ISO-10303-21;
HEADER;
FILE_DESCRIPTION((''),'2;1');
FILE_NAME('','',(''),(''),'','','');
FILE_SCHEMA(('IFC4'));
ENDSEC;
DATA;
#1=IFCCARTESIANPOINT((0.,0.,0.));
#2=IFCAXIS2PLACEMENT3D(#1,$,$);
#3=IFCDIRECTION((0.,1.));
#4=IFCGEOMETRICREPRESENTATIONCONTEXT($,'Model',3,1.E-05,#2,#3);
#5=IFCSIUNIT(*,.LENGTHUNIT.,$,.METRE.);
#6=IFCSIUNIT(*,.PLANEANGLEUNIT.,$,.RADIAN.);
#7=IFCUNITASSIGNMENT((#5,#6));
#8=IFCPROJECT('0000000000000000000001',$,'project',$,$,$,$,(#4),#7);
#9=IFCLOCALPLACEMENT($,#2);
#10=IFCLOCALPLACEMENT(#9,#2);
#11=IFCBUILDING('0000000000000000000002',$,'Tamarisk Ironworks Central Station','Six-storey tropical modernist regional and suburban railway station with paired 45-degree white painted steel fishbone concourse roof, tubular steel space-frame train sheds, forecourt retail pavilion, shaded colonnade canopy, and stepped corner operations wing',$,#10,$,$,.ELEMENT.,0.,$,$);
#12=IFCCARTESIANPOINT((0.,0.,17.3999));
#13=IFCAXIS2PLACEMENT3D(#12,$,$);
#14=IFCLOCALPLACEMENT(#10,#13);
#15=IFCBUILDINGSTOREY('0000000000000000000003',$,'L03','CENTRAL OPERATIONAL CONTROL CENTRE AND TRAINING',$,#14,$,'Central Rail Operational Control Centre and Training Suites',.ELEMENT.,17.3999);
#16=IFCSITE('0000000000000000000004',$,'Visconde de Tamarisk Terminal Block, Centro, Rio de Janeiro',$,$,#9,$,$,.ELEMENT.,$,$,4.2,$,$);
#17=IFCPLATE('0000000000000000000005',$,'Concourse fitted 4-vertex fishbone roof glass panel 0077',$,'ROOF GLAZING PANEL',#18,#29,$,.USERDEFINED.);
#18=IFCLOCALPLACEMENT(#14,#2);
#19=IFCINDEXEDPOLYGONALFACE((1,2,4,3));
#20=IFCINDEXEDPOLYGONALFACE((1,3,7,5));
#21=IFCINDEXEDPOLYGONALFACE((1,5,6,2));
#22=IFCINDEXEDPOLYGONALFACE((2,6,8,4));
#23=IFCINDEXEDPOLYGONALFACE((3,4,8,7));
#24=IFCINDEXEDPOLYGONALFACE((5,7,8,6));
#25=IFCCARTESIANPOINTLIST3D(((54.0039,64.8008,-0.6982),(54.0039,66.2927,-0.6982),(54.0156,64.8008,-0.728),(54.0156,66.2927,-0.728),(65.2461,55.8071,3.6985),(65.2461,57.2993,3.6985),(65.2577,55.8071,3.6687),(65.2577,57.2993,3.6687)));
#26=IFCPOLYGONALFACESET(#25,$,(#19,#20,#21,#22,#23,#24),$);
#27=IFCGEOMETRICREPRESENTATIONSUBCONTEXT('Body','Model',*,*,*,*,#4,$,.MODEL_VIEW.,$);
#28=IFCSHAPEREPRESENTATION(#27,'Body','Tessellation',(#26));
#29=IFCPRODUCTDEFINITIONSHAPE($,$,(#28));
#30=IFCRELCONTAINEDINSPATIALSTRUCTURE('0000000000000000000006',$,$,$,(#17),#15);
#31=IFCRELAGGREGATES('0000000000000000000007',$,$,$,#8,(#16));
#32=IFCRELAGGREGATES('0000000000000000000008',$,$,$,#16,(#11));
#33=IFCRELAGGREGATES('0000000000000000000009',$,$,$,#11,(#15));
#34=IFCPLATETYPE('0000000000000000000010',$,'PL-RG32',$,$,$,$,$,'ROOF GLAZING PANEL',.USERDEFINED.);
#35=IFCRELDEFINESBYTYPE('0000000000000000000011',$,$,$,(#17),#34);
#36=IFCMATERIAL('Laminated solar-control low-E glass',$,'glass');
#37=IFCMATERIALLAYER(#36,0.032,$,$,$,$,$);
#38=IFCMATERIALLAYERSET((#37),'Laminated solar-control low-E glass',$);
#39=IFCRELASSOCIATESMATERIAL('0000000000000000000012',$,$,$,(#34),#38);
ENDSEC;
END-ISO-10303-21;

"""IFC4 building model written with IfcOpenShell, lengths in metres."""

from ifc_helpers import new_model, si_unit, direction, frame, origin, place, context, subcontext, project, spatial, polyline, outline, extrude, material, layer, layer_set, type_object, element, save


model = new_model("IFC4")

# Units and contexts
model_context = context("Model", 3, precision=1e-05, world=origin(), true_north=direction((0.0, 1.0)))
body_context = subcontext(model_context, "Body", "Model", "MODEL_VIEW")
ifc_project = project(units=[si_unit("LENGTHUNIT", "METRE"), si_unit("PLANEANGLEUNIT", "RADIAN")], contexts=[model_context])

# Site, building, storey
site_placement = place(None, origin())
site = spatial("IfcSite", under=ifc_project, at=site_placement, Name="Visconde de Tamarisk Terminal Block, Centro, Rio de Janeiro", CompositionType="ELEMENT", RefElevation=4.2)
building_placement = place(site_placement, origin())
building = spatial("IfcBuilding", under=site, at=building_placement, Name="Tamarisk Ironworks Central Station", Description="Six-storey tropical modernist regional and suburban railway station with paired 45-degree white painted steel fishbone concourse roof, tubular steel space-frame train sheds, forecourt retail pavilion, shaded colonnade canopy, and stepped corner operations wing", CompositionType="ELEMENT", ElevationOfRefHeight=0.0)
storey_placement = place(building_placement, frame((0.0, 0.0, 17.3999)))
storey = spatial("IfcBuildingStorey", under=building, at=storey_placement, Name="L03", Description="CENTRAL OPERATIONAL CONTROL CENTRE AND TRAINING", LongName="Central Rail Operational Control Centre and Training Suites", CompositionType="ELEMENT", Elevation=17.3999)

# Plate
ifc_material_1 = material(Name="Laminated solar-control low-E glass", Category="glass")
ifc_layer_1 = layer(ifc_material_1, 0.032)
ifc_layer_set_1 = layer_set([ifc_layer_1], Name="Laminated solar-control low-E glass")
plate_type_1 = type_object("IfcPlateType", Name="PL-RG32", ElementType="ROOF GLAZING PANEL", PredefinedType="USERDEFINED", material=ifc_layer_set_1)
plate_1_placement = place(storey_placement, frame((65.2461, 55.8071, 3.6985), z_axis=(-0.364228, 0.0, 0.93131), x_axis=(0.0, 1.0, 0.0)))
element("IfcPlate", 1, at=plate_1_placement, inside=storey, type_object=plate_type_1, Name="Concourse fitted 4-vertex fishbone roof glass panel 0077", ObjectType="ROOF GLAZING PANEL", PredefinedType="USERDEFINED", context=body_context, shape_type="SweptSolid", body=[
    extrude(outline(polyline([(0.0, 0.0), (1.4922, 0.0), (10.4856, 12.0714), (8.9937, 12.0714), (0.0, 0.0)])), origin(), (0.0, 0.0, -1.0), 0.032),
])

save(model, "model.ifc")
